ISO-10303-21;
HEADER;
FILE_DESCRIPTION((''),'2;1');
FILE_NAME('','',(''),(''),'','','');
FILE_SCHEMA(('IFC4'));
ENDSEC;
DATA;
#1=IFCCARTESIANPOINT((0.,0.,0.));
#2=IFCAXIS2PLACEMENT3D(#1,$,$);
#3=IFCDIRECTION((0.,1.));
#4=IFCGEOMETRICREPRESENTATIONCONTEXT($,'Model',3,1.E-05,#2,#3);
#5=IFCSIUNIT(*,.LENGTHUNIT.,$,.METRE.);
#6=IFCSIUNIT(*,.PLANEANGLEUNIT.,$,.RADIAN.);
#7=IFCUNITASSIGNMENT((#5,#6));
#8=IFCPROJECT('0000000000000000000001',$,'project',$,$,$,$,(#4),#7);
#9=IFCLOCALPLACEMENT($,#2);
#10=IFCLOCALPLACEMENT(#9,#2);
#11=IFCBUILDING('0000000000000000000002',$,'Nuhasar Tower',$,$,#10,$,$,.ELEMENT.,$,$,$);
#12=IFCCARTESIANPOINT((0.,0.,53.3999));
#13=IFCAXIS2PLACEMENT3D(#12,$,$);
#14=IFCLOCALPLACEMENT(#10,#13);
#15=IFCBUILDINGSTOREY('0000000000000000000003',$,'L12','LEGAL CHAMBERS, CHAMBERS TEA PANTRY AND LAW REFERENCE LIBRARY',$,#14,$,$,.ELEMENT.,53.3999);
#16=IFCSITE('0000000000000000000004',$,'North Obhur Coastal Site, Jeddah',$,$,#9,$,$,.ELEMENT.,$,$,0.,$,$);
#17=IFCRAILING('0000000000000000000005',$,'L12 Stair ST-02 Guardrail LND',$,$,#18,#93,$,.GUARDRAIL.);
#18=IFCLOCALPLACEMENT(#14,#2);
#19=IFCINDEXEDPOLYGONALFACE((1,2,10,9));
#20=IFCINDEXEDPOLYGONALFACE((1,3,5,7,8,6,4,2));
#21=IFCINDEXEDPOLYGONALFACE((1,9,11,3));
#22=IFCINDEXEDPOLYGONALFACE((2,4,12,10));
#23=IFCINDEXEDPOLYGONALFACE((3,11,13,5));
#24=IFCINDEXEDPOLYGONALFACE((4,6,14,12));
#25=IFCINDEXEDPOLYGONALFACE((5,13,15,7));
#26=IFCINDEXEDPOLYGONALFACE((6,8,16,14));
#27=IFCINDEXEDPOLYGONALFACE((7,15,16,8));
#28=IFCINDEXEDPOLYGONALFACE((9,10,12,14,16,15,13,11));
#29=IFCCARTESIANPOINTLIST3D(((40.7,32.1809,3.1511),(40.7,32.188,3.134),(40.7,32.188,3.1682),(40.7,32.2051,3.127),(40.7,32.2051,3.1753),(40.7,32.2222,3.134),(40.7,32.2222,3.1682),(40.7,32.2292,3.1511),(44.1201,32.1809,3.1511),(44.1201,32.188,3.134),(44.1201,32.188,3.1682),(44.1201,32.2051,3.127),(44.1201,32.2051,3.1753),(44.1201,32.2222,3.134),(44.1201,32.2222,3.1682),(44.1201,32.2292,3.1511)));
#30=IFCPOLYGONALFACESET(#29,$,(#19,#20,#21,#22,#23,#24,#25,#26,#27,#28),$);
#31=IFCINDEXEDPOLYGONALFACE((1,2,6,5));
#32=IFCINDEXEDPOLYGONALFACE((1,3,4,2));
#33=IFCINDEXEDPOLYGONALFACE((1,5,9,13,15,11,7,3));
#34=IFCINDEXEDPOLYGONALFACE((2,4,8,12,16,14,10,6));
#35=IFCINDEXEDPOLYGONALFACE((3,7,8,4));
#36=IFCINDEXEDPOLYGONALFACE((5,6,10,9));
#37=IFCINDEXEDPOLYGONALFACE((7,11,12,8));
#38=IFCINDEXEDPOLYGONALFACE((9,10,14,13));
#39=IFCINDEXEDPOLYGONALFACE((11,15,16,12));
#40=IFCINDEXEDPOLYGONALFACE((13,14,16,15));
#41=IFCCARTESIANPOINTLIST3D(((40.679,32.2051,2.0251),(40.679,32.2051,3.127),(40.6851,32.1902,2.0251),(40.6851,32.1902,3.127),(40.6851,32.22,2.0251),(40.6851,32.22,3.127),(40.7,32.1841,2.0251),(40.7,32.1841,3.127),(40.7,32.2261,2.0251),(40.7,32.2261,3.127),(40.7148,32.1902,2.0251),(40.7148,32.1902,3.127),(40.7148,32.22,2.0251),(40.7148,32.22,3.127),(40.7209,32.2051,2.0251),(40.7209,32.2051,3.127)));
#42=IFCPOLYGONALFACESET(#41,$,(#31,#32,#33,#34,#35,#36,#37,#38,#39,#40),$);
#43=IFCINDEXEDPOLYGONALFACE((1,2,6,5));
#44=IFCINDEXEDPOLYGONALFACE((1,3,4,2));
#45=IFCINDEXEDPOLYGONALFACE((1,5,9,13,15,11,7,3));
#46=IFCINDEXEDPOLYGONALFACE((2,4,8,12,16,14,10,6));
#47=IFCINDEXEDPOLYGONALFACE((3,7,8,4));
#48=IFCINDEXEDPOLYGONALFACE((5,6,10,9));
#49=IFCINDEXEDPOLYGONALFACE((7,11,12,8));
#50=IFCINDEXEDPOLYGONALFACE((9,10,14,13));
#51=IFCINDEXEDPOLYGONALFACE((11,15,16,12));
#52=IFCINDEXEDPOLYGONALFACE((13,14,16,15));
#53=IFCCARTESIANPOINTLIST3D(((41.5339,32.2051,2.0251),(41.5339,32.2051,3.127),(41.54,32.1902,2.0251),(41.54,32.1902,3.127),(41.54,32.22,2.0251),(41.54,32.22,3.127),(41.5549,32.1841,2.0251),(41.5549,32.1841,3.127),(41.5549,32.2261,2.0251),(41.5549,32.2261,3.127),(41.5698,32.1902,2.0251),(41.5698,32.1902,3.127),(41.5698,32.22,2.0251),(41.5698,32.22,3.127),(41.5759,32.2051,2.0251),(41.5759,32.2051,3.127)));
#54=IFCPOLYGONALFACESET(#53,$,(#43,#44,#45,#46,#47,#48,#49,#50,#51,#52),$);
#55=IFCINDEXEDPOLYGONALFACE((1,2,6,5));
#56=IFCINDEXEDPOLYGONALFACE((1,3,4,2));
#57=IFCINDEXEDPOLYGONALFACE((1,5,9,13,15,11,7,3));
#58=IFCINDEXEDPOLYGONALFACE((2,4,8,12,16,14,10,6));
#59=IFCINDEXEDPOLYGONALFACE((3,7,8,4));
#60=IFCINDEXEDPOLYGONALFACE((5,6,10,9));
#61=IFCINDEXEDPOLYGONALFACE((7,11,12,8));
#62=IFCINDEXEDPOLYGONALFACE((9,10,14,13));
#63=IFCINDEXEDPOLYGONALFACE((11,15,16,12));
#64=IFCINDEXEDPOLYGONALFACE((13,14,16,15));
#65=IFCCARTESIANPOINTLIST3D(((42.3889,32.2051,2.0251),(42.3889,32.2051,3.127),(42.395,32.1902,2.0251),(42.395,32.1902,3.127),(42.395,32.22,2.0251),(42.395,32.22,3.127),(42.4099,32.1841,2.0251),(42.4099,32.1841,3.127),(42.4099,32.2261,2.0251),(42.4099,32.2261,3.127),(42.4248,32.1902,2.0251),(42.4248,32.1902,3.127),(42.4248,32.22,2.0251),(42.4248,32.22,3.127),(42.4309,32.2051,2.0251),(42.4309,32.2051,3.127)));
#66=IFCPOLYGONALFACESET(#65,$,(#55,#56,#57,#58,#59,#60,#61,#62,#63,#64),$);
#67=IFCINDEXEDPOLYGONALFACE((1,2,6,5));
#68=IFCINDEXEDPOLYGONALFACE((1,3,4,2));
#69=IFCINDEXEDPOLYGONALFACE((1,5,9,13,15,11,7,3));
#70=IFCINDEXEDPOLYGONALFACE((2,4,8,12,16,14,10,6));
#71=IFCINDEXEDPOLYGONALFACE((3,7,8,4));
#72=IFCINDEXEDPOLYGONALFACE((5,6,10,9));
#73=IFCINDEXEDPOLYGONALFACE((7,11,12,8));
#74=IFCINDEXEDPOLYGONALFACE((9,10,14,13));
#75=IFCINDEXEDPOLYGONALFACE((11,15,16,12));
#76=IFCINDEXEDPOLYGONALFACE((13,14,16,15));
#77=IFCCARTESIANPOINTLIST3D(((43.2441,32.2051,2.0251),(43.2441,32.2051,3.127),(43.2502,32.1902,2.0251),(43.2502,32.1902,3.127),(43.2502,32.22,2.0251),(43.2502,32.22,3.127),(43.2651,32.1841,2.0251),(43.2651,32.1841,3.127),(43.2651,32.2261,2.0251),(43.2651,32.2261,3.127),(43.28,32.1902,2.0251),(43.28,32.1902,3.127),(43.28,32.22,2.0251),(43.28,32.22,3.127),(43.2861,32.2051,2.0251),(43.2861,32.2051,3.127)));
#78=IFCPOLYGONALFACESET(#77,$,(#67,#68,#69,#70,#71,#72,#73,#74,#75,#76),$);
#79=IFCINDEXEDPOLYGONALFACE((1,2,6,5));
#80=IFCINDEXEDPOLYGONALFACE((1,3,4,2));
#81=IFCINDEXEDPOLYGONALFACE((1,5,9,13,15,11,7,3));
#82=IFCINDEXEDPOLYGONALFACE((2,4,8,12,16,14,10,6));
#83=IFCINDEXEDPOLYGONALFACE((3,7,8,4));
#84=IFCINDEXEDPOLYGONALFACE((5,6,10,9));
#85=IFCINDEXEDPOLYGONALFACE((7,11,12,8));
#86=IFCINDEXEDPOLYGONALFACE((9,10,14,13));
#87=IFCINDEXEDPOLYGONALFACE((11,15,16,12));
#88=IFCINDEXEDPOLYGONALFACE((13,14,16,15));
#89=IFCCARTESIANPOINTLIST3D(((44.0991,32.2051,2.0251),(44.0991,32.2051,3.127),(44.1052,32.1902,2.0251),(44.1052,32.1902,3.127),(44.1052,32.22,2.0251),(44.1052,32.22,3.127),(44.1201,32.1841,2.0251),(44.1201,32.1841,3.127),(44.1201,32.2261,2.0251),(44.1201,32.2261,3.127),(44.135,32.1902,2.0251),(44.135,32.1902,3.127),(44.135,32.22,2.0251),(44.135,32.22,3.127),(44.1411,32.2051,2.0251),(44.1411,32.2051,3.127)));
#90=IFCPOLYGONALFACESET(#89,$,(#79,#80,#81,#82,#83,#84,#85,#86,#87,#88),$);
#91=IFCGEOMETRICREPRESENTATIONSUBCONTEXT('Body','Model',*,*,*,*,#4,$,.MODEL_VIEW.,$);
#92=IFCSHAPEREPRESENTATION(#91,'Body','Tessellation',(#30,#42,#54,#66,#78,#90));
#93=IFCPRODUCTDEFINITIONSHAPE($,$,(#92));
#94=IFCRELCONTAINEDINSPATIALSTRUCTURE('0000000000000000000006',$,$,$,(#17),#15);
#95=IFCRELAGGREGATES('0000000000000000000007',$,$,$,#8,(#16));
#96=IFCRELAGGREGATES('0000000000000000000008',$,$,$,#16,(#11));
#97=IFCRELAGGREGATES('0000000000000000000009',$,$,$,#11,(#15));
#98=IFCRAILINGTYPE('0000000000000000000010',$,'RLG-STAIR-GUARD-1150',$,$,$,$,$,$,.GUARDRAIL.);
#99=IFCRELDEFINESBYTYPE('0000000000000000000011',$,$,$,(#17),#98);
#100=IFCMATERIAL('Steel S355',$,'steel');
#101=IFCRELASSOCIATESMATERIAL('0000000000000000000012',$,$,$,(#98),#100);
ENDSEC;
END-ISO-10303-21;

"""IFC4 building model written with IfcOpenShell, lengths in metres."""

from ifc_helpers import new_model, si_unit, direction, frame, origin, place, context, subcontext, project, spatial, polyline, outline, extrude, material, type_object, element, save


model = new_model("IFC4")

# Units and contexts
model_context = context("Model", 3, precision=1e-05, world=origin(), true_north=direction((0.0, 1.0)))
body_context = subcontext(model_context, "Body", "Model", "MODEL_VIEW")
ifc_project = project(units=[si_unit("LENGTHUNIT", "METRE"), si_unit("PLANEANGLEUNIT", "RADIAN")], contexts=[model_context])

# Site, building, storey
site_placement = place(None, origin())
site = spatial("IfcSite", under=ifc_project, at=site_placement, Name="North Obhur Coastal Site, Jeddah", CompositionType="ELEMENT", RefElevation=0.0)
building_placement = place(site_placement, origin())
building = spatial("IfcBuilding", under=site, at=building_placement, Name="Nuhasar Tower", CompositionType="ELEMENT")
storey_placement = place(building_placement, frame((0.0, 0.0, 53.3999)))
storey = spatial("IfcBuildingStorey", under=building, at=storey_placement, Name="L12", Description="LEGAL CHAMBERS, CHAMBERS TEA PANTRY AND LAW REFERENCE LIBRARY", CompositionType="ELEMENT", Elevation=53.3999)

# Shared definitions
ifc_material_1 = material(Name="Steel S355", Category="steel")

# Railing
railing_type_1 = type_object("IfcRailingType", Name="RLG-STAIR-GUARD-1150", PredefinedType="GUARDRAIL", material=ifc_material_1)
railing_1_placement = place(storey_placement, frame((40.7, 32.2051, 2.0251)))
element("IfcRailing", 1, at=railing_1_placement, inside=storey, type_object=railing_type_1, Name="L12 Stair ST-02 Guardrail LND", PredefinedType="GUARDRAIL", context=body_context, shape_type="SweptSolid", body=[
    extrude(outline(polyline([(0.0242, 0.0), (0.0171, 0.0171), (0.0, 0.0242), (-0.0171, 0.0171), (-0.0242, 0.0), (-0.0171, -0.0171), (0.0, -0.0242), (0.0171, -0.0171), (0.0242, 0.0)])), frame((0.0, 0.0, 1.126), z_axis=(1.0, 0.0, 0.0), x_axis=(0.0, 1.0, 0.0)), (0.0, 0.0, 1.0), 3.4202),
    extrude(outline(polyline([(0.021, 0.0), (0.0149, 0.0149), (0.0, 0.021), (-0.0149, 0.0149), (-0.021, 0.0), (-0.0149, -0.0149), (0.0, -0.021), (0.0149, -0.0149), (0.021, 0.0)])), origin(), (0.0, 0.0, 1.0), 1.1018),
    extrude(outline(polyline([(0.021, 0.0), (0.0149, 0.0149), (0.0, 0.021), (-0.0149, 0.0149), (-0.021, 0.0), (-0.0149, -0.0149), (0.0, -0.021), (0.0149, -0.0149), (0.021, 0.0)])), frame((0.855, 0.0, 0.0)), (0.0, 0.0, 1.0), 1.1018),
    extrude(outline(polyline([(0.021, 0.0), (0.0149, 0.0149), (0.0, 0.021), (-0.0149, 0.0149), (-0.021, 0.0), (-0.0149, -0.0149), (0.0, -0.021), (0.0149, -0.0149), (0.021, 0.0)])), frame((1.71, 0.0, 0.0)), (0.0, 0.0, 1.0), 1.1018),
    extrude(outline(polyline([(0.021, 0.0), (0.0149, 0.0149), (0.0, 0.021), (-0.0149, 0.0149), (-0.021, 0.0), (-0.0149, -0.0149), (0.0, -0.021), (0.0149, -0.0149), (0.021, 0.0)])), frame((2.5652, 0.0, 0.0)), (0.0, 0.0, 1.0), 1.1018),
    extrude(outline(polyline([(0.021, 0.0), (0.0149, 0.0149), (0.0, 0.021), (-0.0149, 0.0149), (-0.021, 0.0), (-0.0149, -0.0149), (0.0, -0.021), (0.0149, -0.0149), (0.021, 0.0)])), frame((3.4202, 0.0, 0.0)), (0.0, 0.0, 1.0), 1.1018),
])

save(model, "model.ifc")
